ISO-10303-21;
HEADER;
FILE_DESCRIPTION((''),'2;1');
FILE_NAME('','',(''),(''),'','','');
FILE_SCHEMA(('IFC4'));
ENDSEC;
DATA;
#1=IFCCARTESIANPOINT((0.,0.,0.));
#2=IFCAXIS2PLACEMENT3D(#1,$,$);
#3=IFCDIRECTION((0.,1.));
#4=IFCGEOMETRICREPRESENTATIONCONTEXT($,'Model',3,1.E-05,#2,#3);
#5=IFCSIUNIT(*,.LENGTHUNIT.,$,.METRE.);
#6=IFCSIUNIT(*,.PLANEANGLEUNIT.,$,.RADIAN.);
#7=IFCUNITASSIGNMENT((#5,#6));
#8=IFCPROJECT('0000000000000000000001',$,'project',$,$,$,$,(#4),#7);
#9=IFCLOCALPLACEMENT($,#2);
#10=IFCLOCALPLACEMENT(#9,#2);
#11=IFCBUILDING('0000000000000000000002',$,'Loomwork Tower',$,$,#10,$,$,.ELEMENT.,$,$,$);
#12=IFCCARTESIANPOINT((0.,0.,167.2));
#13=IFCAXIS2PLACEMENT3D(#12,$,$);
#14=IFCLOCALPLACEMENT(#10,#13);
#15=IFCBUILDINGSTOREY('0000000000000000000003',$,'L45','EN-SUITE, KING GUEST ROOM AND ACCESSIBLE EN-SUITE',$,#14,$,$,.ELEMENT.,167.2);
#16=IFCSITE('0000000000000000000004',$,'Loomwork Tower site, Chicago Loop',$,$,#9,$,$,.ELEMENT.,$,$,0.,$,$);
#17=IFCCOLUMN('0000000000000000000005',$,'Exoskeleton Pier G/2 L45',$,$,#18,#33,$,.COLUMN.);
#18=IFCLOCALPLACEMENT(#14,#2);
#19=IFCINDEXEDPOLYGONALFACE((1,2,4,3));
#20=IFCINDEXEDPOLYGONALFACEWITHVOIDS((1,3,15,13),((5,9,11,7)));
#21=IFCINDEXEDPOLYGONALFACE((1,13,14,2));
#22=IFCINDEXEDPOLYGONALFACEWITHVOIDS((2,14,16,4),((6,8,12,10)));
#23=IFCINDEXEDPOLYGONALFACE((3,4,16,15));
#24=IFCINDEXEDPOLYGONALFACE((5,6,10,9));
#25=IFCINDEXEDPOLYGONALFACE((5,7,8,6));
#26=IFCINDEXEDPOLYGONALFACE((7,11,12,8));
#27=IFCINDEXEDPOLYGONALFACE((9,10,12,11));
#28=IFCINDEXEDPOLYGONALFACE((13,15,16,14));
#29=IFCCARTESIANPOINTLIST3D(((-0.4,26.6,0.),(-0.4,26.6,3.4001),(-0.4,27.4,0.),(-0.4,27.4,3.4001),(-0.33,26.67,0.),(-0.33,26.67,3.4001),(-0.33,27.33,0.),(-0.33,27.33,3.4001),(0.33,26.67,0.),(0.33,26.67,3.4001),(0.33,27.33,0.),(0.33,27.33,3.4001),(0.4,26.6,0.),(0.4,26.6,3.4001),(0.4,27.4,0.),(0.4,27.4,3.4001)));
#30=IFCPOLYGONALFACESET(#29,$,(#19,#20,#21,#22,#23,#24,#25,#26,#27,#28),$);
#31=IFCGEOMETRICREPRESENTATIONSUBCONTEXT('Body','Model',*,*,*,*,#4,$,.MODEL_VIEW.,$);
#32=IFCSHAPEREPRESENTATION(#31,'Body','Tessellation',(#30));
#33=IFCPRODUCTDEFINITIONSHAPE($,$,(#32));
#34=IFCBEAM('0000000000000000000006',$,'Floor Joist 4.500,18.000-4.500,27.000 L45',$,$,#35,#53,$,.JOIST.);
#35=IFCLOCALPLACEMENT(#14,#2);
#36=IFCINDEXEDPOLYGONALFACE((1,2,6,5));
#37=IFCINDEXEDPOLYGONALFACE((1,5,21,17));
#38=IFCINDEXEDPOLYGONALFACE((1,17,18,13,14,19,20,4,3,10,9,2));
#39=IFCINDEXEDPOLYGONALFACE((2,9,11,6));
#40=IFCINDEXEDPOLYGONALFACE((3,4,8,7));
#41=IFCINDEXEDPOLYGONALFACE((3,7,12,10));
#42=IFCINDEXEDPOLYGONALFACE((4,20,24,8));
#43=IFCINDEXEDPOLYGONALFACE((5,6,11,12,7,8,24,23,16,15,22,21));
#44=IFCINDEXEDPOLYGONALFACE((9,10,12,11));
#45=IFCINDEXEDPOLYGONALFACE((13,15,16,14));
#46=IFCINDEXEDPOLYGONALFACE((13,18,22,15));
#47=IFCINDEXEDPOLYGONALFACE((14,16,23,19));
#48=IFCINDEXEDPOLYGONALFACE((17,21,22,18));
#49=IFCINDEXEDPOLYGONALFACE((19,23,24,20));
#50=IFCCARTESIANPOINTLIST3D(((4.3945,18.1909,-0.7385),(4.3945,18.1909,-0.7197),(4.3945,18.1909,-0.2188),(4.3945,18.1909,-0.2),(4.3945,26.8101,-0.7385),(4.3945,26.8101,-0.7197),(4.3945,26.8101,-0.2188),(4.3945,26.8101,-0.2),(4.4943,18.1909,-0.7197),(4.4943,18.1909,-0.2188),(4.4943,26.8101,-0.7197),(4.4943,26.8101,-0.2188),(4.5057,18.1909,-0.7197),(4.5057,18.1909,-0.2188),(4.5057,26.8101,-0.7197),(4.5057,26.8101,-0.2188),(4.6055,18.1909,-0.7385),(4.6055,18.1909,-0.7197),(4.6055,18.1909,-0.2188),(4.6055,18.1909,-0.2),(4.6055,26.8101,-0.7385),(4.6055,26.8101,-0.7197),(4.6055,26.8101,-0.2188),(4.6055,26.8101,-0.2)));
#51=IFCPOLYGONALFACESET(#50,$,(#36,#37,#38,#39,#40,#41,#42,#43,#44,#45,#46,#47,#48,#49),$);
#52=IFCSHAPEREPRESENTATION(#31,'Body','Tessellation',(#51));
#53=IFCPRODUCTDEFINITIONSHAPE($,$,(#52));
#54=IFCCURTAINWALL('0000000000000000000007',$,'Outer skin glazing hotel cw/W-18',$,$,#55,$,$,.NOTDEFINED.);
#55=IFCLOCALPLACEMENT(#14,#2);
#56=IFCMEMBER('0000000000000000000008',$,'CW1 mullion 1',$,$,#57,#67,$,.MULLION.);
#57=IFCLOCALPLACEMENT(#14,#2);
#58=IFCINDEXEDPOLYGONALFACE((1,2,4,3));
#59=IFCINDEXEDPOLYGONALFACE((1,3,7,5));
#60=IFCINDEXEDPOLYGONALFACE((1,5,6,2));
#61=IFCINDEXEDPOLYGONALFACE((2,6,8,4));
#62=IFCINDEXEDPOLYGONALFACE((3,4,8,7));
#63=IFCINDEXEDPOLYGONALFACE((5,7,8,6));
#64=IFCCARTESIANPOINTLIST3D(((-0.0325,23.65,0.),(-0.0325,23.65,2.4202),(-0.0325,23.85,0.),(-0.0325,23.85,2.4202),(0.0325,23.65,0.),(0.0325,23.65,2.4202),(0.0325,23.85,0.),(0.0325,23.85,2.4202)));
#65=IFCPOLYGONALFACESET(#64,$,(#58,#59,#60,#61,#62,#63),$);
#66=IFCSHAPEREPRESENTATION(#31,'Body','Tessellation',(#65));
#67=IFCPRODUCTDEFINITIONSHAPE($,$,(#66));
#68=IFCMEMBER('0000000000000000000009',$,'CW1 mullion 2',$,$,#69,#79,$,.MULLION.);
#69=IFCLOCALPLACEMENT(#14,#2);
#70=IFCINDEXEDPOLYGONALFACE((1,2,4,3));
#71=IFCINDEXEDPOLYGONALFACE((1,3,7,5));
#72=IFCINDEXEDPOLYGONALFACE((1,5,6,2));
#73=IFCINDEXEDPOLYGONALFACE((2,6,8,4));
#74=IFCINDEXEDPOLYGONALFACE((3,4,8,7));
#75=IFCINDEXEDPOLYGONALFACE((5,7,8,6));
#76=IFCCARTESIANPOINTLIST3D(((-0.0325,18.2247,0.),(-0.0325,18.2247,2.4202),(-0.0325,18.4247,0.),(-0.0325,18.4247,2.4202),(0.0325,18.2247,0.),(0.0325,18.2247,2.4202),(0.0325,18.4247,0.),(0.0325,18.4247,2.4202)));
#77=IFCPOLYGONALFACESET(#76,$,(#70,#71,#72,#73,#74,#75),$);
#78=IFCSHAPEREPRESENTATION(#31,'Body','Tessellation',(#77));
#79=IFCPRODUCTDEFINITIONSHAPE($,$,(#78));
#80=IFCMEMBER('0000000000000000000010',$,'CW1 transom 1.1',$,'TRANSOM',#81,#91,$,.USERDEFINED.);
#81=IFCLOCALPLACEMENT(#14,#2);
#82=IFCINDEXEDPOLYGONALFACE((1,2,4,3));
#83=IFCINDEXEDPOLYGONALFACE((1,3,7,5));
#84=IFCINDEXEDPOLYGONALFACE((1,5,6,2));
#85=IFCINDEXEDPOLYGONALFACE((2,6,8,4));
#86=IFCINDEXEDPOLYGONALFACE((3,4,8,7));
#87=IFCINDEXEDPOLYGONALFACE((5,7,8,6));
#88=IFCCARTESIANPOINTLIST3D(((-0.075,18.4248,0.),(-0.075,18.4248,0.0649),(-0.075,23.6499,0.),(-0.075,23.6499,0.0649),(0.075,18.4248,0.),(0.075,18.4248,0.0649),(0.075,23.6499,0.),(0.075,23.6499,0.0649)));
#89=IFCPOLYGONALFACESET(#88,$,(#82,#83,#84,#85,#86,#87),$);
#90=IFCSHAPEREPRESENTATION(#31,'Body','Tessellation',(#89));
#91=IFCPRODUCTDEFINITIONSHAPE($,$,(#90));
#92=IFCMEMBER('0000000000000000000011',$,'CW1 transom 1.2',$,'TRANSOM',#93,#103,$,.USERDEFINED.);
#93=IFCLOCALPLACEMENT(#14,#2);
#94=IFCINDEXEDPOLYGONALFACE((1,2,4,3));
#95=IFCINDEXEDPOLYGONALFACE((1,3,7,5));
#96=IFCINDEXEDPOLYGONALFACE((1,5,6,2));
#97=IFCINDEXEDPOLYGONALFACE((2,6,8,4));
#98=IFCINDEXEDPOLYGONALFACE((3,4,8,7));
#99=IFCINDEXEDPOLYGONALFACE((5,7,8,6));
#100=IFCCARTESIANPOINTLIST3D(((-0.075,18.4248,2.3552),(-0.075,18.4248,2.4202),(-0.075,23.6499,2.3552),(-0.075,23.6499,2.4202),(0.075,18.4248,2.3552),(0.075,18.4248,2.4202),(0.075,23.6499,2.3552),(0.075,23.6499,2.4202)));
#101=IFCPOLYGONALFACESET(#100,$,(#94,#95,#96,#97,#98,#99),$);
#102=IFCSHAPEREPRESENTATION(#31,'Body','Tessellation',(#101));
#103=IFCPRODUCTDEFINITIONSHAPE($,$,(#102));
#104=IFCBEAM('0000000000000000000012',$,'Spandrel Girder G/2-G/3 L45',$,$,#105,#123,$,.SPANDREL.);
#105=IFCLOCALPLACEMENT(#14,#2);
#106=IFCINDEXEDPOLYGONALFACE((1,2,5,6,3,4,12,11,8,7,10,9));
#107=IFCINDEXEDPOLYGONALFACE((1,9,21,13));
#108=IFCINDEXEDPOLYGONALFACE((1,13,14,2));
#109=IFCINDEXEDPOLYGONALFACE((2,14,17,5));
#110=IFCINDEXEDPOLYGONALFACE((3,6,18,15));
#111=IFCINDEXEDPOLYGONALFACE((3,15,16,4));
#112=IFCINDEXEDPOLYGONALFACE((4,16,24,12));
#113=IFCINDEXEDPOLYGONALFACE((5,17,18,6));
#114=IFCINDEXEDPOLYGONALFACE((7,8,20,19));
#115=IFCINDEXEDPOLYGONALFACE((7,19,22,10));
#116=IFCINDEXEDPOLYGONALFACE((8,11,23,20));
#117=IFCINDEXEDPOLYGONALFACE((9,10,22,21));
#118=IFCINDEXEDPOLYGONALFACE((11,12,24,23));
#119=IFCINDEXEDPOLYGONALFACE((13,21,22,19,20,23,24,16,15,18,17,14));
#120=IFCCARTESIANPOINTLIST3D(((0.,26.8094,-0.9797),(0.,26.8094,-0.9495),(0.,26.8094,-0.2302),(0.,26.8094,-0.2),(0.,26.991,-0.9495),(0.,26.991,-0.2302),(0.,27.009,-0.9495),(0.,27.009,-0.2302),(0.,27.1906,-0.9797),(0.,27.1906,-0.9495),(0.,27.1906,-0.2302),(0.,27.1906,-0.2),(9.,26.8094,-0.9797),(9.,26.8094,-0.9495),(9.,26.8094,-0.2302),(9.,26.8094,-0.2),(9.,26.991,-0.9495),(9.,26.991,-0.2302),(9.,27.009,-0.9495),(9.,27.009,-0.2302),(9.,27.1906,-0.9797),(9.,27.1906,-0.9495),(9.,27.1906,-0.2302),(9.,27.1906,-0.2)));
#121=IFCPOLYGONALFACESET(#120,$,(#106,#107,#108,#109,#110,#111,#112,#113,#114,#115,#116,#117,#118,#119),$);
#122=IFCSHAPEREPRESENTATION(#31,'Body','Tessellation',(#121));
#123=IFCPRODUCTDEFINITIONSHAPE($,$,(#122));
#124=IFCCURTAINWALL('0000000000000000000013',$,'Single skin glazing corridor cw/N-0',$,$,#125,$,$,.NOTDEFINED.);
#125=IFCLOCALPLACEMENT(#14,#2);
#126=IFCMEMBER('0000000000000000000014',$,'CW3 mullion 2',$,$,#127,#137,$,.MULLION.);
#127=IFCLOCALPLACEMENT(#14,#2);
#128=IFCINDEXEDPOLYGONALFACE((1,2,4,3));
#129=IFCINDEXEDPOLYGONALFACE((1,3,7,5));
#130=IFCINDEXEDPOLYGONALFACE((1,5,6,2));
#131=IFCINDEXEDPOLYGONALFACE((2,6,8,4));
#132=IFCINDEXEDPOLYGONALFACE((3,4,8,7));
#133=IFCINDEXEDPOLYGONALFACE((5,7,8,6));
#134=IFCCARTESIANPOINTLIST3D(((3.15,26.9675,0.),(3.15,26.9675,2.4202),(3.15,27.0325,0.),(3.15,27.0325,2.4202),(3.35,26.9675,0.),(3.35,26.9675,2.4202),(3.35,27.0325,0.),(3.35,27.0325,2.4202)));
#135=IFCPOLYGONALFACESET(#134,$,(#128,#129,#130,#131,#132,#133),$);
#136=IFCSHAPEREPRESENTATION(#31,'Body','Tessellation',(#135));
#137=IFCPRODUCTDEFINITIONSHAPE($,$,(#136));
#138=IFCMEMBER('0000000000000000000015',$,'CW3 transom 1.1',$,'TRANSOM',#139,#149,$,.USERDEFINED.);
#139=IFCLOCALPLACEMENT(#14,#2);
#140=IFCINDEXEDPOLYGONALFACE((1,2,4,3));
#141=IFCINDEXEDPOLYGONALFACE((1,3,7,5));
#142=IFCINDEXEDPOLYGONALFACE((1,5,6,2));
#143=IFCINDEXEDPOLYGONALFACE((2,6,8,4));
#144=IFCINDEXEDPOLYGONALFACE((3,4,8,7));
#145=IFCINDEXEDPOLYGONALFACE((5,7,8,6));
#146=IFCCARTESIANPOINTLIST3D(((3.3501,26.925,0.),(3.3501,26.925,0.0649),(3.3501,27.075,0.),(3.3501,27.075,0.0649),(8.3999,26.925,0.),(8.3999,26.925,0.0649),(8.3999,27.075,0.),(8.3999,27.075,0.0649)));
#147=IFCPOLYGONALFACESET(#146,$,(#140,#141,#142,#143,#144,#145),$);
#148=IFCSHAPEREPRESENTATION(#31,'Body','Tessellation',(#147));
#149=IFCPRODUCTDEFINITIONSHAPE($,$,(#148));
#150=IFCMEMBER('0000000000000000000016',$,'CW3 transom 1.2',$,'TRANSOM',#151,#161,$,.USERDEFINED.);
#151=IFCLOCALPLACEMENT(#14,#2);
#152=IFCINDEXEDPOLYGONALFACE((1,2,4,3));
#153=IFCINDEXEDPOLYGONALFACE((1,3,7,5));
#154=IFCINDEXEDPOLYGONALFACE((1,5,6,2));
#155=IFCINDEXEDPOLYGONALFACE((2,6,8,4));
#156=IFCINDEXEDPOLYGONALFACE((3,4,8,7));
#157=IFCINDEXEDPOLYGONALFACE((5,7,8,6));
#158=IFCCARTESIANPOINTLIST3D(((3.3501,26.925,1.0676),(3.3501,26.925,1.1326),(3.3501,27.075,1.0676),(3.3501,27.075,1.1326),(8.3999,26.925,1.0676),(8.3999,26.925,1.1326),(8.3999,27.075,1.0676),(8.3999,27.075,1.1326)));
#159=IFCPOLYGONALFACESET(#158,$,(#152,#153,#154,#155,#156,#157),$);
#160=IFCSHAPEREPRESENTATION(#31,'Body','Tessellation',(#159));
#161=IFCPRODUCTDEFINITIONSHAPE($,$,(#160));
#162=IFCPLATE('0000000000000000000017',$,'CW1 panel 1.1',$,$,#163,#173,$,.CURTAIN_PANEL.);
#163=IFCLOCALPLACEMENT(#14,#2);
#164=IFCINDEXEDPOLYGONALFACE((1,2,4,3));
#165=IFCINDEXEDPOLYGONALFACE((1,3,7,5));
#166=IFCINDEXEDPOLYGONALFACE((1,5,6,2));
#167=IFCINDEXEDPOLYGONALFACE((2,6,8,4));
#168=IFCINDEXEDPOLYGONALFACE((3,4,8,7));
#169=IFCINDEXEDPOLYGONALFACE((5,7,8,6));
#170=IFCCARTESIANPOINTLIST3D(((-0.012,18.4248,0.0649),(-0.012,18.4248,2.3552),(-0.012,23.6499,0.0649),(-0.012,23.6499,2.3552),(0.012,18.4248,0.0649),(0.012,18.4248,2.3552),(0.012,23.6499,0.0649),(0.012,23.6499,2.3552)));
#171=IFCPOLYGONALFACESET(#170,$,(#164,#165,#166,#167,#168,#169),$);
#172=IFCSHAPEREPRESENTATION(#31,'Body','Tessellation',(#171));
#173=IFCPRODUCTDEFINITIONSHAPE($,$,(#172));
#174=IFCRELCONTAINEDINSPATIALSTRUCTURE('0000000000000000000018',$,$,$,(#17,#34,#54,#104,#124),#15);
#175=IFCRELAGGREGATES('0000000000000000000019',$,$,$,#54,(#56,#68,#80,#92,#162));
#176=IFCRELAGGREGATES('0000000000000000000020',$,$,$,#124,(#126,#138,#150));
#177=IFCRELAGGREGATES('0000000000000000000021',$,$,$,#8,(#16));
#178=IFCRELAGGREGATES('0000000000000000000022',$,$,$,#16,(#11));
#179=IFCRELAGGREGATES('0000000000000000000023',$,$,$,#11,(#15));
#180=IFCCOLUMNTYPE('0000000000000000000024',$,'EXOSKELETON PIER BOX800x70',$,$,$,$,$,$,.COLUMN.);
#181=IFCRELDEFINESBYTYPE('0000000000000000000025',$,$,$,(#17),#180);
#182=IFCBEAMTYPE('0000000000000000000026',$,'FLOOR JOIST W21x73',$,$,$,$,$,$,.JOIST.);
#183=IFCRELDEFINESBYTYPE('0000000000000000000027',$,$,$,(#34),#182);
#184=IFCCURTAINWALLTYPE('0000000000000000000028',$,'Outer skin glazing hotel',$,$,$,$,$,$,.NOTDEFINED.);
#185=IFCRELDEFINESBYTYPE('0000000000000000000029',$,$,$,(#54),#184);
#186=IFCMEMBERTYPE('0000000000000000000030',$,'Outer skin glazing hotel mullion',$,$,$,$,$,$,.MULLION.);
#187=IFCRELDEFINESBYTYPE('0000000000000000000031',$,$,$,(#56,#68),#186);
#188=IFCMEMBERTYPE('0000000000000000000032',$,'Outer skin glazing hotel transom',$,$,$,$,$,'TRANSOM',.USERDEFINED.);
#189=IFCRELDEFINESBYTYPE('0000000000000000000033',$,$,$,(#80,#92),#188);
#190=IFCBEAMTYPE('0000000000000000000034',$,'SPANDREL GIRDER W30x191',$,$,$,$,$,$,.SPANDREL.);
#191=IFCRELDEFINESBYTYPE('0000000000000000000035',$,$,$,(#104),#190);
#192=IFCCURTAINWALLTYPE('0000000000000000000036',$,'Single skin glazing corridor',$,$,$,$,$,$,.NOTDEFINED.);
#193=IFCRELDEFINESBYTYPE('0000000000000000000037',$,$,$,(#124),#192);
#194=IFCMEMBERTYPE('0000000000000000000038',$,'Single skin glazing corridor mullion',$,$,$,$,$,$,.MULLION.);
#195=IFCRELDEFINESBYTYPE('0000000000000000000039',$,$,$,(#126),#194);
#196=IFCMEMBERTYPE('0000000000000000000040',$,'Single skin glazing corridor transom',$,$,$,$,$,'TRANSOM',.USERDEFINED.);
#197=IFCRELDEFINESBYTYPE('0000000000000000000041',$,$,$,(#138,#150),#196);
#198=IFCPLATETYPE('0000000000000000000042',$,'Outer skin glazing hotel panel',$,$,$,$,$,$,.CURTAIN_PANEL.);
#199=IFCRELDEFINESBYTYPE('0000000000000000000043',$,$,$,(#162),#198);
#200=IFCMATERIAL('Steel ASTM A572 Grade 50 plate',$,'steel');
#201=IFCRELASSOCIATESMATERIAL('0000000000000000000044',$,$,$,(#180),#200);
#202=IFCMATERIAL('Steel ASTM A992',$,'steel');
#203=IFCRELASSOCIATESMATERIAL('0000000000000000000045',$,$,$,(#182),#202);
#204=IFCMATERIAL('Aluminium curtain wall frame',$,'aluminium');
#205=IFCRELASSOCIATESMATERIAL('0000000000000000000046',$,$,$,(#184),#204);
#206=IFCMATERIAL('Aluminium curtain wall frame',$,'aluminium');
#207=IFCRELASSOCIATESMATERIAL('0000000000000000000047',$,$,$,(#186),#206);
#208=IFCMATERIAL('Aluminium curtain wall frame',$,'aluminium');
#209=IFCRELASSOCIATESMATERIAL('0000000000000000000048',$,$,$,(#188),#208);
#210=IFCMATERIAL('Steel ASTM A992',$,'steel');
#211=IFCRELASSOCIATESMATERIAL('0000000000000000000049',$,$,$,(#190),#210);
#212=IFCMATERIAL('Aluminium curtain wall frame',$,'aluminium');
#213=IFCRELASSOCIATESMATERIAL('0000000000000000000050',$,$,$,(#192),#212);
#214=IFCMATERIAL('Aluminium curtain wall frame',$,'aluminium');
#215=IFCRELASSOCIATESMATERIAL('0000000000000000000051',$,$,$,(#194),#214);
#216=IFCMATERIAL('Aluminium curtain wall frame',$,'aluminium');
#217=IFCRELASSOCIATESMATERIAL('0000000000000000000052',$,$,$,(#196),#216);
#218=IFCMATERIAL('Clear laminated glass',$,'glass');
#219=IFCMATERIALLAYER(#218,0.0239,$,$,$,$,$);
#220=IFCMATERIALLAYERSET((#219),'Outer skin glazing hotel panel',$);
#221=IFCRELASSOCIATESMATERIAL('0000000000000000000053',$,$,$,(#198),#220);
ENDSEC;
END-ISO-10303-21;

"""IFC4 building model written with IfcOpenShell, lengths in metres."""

from ifc_helpers import new_model, si_unit, direction, frame, origin, origin_2d, place, context, subcontext, project, spatial, rectangle, hollow_rectangle, i_section, extrude, material, layer, layer_set, material_profile, profile_set, type_object, element, aggregate, save


model = new_model("IFC4")

# Units and contexts
model_context = context("Model", 3, precision=1e-05, world=origin(), true_north=direction((0.0, 1.0)))
body_context = subcontext(model_context, "Body", "Model", "MODEL_VIEW")
ifc_project = project(units=[si_unit("LENGTHUNIT", "METRE"), si_unit("PLANEANGLEUNIT", "RADIAN")], contexts=[model_context])

# Site, building, storey
site_placement = place(None, origin())
site = spatial("IfcSite", under=ifc_project, at=site_placement, Name="Loomwork Tower site, Chicago Loop", CompositionType="ELEMENT", RefElevation=0.0)
building_placement = place(site_placement, origin())
building = spatial("IfcBuilding", under=site, at=building_placement, Name="Loomwork Tower", CompositionType="ELEMENT")
storey_placement = place(building_placement, frame((0.0, 0.0, 167.2)))
storey = spatial("IfcBuildingStorey", under=building, at=storey_placement, Name="L45", Description="EN-SUITE, KING GUEST ROOM AND ACCESSIBLE EN-SUITE", CompositionType="ELEMENT", Elevation=167.2)

# Column
ifc_material_1 = material(Name="Steel ASTM A572 Grade 50 plate", Category="steel")
ifc_material_profile_1 = material_profile(ifc_material_1, hollow_rectangle(XDim=0.8, YDim=0.8, WallThickness=0.0701, at=origin_2d()), Name="BOX800x70")
ifc_profile_set_1 = profile_set([ifc_material_profile_1], Name="Steel ASTM A572 Grade 50 plate")
column_type = type_object("IfcColumnType", Name="EXOSKELETON PIER BOX800x70", PredefinedType="COLUMN", material=ifc_profile_set_1)
column_placement = place(storey_placement, frame((0.0, 27.0, 0.0), z_axis=(0.0, 0.0, 1.0), x_axis=(0.0, 1.0, 0.0)))
element("IfcColumn", 1, at=column_placement, inside=storey, type_object=column_type, Name="Exoskeleton Pier G/2 L45", PredefinedType="COLUMN", context=body_context, shape_type="SweptSolid", body=[
    extrude(hollow_rectangle(XDim=0.8, YDim=0.8, WallThickness=0.0701, at=origin_2d()), origin(), (0.0, 0.0, 1.0), 3.4001),
])

# Beam
ifc_material_2 = material(Name="Steel ASTM A992", Category="steel")
ifc_material_profile_2 = material_profile(ifc_material_2, i_section(OverallWidth=0.2109, OverallDepth=0.5386, WebThickness=0.0115, FlangeThickness=0.0188, at=origin_2d()), Name="W21x73")
ifc_profile_set_2 = profile_set([ifc_material_profile_2], Name="Steel ASTM A992")
beam_type_1 = type_object("IfcBeamType", Name="FLOOR JOIST W21x73", PredefinedType="JOIST", material=ifc_profile_set_2)
beam_1_placement = place(storey_placement, frame((4.5, 18.1909, -0.4692), z_axis=(0.0, 1.0, 0.0), x_axis=(-1.0, 0.0, 0.0)))
element("IfcBeam", 2, at=beam_1_placement, inside=storey, type_object=beam_type_1, Name="Floor Joist 4.500,18.000-4.500,27.000 L45", PredefinedType="JOIST", context=body_context, shape_type="SweptSolid", body=[
    extrude(i_section(OverallWidth=0.2109, OverallDepth=0.5386, WebThickness=0.0115, FlangeThickness=0.0188, at=origin_2d()), origin(), (0.0, 0.0, 1.0), 8.6191),
])

# Curtain wall, members
ifc_material_3 = material(Name="Aluminium curtain wall frame", Category="aluminium")
curtain_wall_type_1 = type_object("IfcCurtainWallType", Name="Outer skin glazing hotel", PredefinedType="NOTDEFINED", material=ifc_material_3)
curtain_wall_1_placement = place(storey_placement, origin())
curtain_wall_1 = element("IfcCurtainWall", 3, at=curtain_wall_1_placement, inside=storey, type_object=curtain_wall_type_1, Name="Outer skin glazing hotel cw/W-18", PredefinedType="NOTDEFINED")
ifc_material_4 = material(Name="Aluminium curtain wall frame", Category="aluminium")
ifc_material_profile_3 = material_profile(ifc_material_4, rectangle(XDim=0.0649, YDim=0.2, at=origin_2d()), Name="AL 65x200")
ifc_profile_set_3 = profile_set([ifc_material_profile_3], Name="Aluminium curtain wall frame")
member_type_1 = type_object("IfcMemberType", Name="Outer skin glazing hotel mullion", PredefinedType="MULLION", material=ifc_profile_set_3)
member_1_placement = place(storey_placement, frame((0.0, 23.75, 0.0), z_axis=(0.0, 0.0, 1.0), x_axis=(1.0, 0.0, 0.0)))
member_1 = element("IfcMember", 4, at=member_1_placement, type_object=member_type_1, Name="CW1 mullion 1", PredefinedType="MULLION", context=body_context, shape_type="SweptSolid", body=[
    extrude(rectangle(XDim=0.0649, YDim=0.2, at=origin_2d()), origin(), (0.0, 0.0, 1.0), 2.4202),
])
member_2_placement = place(storey_placement, frame((0.0, 18.3247, 0.0), z_axis=(0.0, 0.0, 1.0), x_axis=(1.0, 0.0, 0.0)))
member_2 = element("IfcMember", 5, at=member_2_placement, type_object=member_type_1, Name="CW1 mullion 2", PredefinedType="MULLION", context=body_context, shape_type="SweptSolid", body=[
    extrude(rectangle(XDim=0.0649, YDim=0.2, at=origin_2d()), origin(), (0.0, 0.0, 1.0), 2.4202),
])
ifc_material_5 = material(Name="Aluminium curtain wall frame", Category="aluminium")
ifc_material_profile_4 = material_profile(ifc_material_5, rectangle(XDim=0.1499, YDim=0.0649, at=origin_2d()), Name="AL 65x150")
ifc_profile_set_4 = profile_set([ifc_material_profile_4], Name="Aluminium curtain wall frame")
member_type_2 = type_object("IfcMemberType", Name="Outer skin glazing hotel transom", ElementType="TRANSOM", PredefinedType="USERDEFINED", material=ifc_profile_set_4)
member_3_placement = place(storey_placement, frame((0.0, 23.6499, 0.0325), z_axis=(0.0, -1.0, 0.0), x_axis=(1.0, 0.0, 0.0)))
member_3 = element("IfcMember", 6, at=member_3_placement, type_object=member_type_2, Name="CW1 transom 1.1", ObjectType="TRANSOM", PredefinedType="USERDEFINED", context=body_context, shape_type="SweptSolid", body=[
    extrude(rectangle(XDim=0.1499, YDim=0.0649, at=origin_2d()), origin(), (0.0, 0.0, 1.0), 5.2251),
])
member_4_placement = place(storey_placement, frame((0.0, 23.6499, 2.3877), z_axis=(0.0, -1.0, 0.0), x_axis=(1.0, 0.0, 0.0)))
member_4 = element("IfcMember", 7, at=member_4_placement, type_object=member_type_2, Name="CW1 transom 1.2", ObjectType="TRANSOM", PredefinedType="USERDEFINED", context=body_context, shape_type="SweptSolid", body=[
    extrude(rectangle(XDim=0.1499, YDim=0.0649, at=origin_2d()), origin(), (0.0, 0.0, 1.0), 5.2251),
])

# Beam
ifc_material_6 = material(Name="Steel ASTM A992", Category="steel")
ifc_material_profile_5 = material_profile(ifc_material_6, i_section(OverallWidth=0.3811, OverallDepth=0.7798, WebThickness=0.0181, FlangeThickness=0.0303, at=origin_2d()), Name="W30x191")
ifc_profile_set_5 = profile_set([ifc_material_profile_5], Name="Steel ASTM A992")
beam_type_2 = type_object("IfcBeamType", Name="SPANDREL GIRDER W30x191", PredefinedType="SPANDREL", material=ifc_profile_set_5)
beam_2_placement = place(storey_placement, frame((0.0, 27.0, -0.5898), z_axis=(1.0, 0.0, 0.0), x_axis=(0.0, 1.0, 0.0)))
element("IfcBeam", 8, at=beam_2_placement, inside=storey, type_object=beam_type_2, Name="Spandrel Girder G/2-G/3 L45", PredefinedType="SPANDREL", context=body_context, shape_type="SweptSolid", body=[
    extrude(i_section(OverallWidth=0.3811, OverallDepth=0.7798, WebThickness=0.0181, FlangeThickness=0.0303, at=origin_2d()), origin(), (0.0, 0.0, 1.0), 9.0),
])

# Curtain wall, members
ifc_material_7 = material(Name="Aluminium curtain wall frame", Category="aluminium")
curtain_wall_type_2 = type_object("IfcCurtainWallType", Name="Single skin glazing corridor", PredefinedType="NOTDEFINED", material=ifc_material_7)
curtain_wall_2_placement = place(storey_placement, origin())
curtain_wall_2 = element("IfcCurtainWall", 9, at=curtain_wall_2_placement, inside=storey, type_object=curtain_wall_type_2, Name="Single skin glazing corridor cw/N-0", PredefinedType="NOTDEFINED")
ifc_material_8 = material(Name="Aluminium curtain wall frame", Category="aluminium")
ifc_material_profile_6 = material_profile(ifc_material_8, rectangle(XDim=0.0649, YDim=0.2, at=origin_2d()), Name="AL 65x200")
ifc_profile_set_6 = profile_set([ifc_material_profile_6], Name="Aluminium curtain wall frame")
member_type_3 = type_object("IfcMemberType", Name="Single skin glazing corridor mullion", PredefinedType="MULLION", material=ifc_profile_set_6)
member_5_placement = place(storey_placement, frame((3.25, 27.0, 0.0), z_axis=(0.0, 0.0, 1.0), x_axis=(0.0, -1.0, 0.0)))
member_5 = element("IfcMember", 10, at=member_5_placement, type_object=member_type_3, Name="CW3 mullion 2", PredefinedType="MULLION", context=body_context, shape_type="SweptSolid", body=[
    extrude(rectangle(XDim=0.0649, YDim=0.2, at=origin_2d()), origin(), (0.0, 0.0, 1.0), 2.4202),
])
ifc_material_9 = material(Name="Aluminium curtain wall frame", Category="aluminium")
ifc_material_profile_7 = material_profile(ifc_material_9, rectangle(XDim=0.1499, YDim=0.0649, at=origin_2d()), Name="AL 65x150")
ifc_profile_set_7 = profile_set([ifc_material_profile_7], Name="Aluminium curtain wall frame")
member_type_4 = type_object("IfcMemberType", Name="Single skin glazing corridor transom", ElementType="TRANSOM", PredefinedType="USERDEFINED", material=ifc_profile_set_7)
member_6_placement = place(storey_placement, frame((8.3999, 27.0, 0.0325), z_axis=(-1.0, 0.0, 0.0), x_axis=(0.0, -1.0, 0.0)))
member_6 = element("IfcMember", 11, at=member_6_placement, type_object=member_type_4, Name="CW3 transom 1.1", ObjectType="TRANSOM", PredefinedType="USERDEFINED", context=body_context, shape_type="SweptSolid", body=[
    extrude(rectangle(XDim=0.1499, YDim=0.0649, at=origin_2d()), origin(), (0.0, 0.0, 1.0), 5.0498),
])
member_7_placement = place(storey_placement, frame((8.3999, 27.0, 1.1001), z_axis=(-1.0, 0.0, 0.0), x_axis=(0.0, -1.0, 0.0)))
member_7 = element("IfcMember", 12, at=member_7_placement, type_object=member_type_4, Name="CW3 transom 1.2", ObjectType="TRANSOM", PredefinedType="USERDEFINED", context=body_context, shape_type="SweptSolid", body=[
    extrude(rectangle(XDim=0.1499, YDim=0.0649, at=origin_2d()), origin(), (0.0, 0.0, 1.0), 5.0498),
])

# Plate
ifc_material_10 = material(Name="Clear laminated glass", Category="glass")
ifc_layer_1 = layer(ifc_material_10, 0.0239)
ifc_layer_set_1 = layer_set([ifc_layer_1], Name="Outer skin glazing hotel panel")
plate_type_1 = type_object("IfcPlateType", Name="Outer skin glazing hotel panel", PredefinedType="CURTAIN_PANEL", material=ifc_layer_set_1)
plate_1_placement = place(storey_placement, frame((0.0, 21.0374, 0.0649), z_axis=(0.0, 0.0, 1.0), x_axis=(0.0, -1.0, 0.0)))
plate_1 = element("IfcPlate", 13, at=plate_1_placement, type_object=plate_type_1, Name="CW1 panel 1.1", PredefinedType="CURTAIN_PANEL", context=body_context, shape_type="SweptSolid", body=[
    extrude(rectangle(XDim=5.2251, YDim=0.0239, at=origin_2d()), origin(), (0.0, 0.0, 1.0), 2.2903),
])
aggregate(curtain_wall_1, [member_1, member_2, member_3, member_4, plate_1])
aggregate(curtain_wall_2, [member_5, member_6, member_7])

save(model, "model.ifc")
